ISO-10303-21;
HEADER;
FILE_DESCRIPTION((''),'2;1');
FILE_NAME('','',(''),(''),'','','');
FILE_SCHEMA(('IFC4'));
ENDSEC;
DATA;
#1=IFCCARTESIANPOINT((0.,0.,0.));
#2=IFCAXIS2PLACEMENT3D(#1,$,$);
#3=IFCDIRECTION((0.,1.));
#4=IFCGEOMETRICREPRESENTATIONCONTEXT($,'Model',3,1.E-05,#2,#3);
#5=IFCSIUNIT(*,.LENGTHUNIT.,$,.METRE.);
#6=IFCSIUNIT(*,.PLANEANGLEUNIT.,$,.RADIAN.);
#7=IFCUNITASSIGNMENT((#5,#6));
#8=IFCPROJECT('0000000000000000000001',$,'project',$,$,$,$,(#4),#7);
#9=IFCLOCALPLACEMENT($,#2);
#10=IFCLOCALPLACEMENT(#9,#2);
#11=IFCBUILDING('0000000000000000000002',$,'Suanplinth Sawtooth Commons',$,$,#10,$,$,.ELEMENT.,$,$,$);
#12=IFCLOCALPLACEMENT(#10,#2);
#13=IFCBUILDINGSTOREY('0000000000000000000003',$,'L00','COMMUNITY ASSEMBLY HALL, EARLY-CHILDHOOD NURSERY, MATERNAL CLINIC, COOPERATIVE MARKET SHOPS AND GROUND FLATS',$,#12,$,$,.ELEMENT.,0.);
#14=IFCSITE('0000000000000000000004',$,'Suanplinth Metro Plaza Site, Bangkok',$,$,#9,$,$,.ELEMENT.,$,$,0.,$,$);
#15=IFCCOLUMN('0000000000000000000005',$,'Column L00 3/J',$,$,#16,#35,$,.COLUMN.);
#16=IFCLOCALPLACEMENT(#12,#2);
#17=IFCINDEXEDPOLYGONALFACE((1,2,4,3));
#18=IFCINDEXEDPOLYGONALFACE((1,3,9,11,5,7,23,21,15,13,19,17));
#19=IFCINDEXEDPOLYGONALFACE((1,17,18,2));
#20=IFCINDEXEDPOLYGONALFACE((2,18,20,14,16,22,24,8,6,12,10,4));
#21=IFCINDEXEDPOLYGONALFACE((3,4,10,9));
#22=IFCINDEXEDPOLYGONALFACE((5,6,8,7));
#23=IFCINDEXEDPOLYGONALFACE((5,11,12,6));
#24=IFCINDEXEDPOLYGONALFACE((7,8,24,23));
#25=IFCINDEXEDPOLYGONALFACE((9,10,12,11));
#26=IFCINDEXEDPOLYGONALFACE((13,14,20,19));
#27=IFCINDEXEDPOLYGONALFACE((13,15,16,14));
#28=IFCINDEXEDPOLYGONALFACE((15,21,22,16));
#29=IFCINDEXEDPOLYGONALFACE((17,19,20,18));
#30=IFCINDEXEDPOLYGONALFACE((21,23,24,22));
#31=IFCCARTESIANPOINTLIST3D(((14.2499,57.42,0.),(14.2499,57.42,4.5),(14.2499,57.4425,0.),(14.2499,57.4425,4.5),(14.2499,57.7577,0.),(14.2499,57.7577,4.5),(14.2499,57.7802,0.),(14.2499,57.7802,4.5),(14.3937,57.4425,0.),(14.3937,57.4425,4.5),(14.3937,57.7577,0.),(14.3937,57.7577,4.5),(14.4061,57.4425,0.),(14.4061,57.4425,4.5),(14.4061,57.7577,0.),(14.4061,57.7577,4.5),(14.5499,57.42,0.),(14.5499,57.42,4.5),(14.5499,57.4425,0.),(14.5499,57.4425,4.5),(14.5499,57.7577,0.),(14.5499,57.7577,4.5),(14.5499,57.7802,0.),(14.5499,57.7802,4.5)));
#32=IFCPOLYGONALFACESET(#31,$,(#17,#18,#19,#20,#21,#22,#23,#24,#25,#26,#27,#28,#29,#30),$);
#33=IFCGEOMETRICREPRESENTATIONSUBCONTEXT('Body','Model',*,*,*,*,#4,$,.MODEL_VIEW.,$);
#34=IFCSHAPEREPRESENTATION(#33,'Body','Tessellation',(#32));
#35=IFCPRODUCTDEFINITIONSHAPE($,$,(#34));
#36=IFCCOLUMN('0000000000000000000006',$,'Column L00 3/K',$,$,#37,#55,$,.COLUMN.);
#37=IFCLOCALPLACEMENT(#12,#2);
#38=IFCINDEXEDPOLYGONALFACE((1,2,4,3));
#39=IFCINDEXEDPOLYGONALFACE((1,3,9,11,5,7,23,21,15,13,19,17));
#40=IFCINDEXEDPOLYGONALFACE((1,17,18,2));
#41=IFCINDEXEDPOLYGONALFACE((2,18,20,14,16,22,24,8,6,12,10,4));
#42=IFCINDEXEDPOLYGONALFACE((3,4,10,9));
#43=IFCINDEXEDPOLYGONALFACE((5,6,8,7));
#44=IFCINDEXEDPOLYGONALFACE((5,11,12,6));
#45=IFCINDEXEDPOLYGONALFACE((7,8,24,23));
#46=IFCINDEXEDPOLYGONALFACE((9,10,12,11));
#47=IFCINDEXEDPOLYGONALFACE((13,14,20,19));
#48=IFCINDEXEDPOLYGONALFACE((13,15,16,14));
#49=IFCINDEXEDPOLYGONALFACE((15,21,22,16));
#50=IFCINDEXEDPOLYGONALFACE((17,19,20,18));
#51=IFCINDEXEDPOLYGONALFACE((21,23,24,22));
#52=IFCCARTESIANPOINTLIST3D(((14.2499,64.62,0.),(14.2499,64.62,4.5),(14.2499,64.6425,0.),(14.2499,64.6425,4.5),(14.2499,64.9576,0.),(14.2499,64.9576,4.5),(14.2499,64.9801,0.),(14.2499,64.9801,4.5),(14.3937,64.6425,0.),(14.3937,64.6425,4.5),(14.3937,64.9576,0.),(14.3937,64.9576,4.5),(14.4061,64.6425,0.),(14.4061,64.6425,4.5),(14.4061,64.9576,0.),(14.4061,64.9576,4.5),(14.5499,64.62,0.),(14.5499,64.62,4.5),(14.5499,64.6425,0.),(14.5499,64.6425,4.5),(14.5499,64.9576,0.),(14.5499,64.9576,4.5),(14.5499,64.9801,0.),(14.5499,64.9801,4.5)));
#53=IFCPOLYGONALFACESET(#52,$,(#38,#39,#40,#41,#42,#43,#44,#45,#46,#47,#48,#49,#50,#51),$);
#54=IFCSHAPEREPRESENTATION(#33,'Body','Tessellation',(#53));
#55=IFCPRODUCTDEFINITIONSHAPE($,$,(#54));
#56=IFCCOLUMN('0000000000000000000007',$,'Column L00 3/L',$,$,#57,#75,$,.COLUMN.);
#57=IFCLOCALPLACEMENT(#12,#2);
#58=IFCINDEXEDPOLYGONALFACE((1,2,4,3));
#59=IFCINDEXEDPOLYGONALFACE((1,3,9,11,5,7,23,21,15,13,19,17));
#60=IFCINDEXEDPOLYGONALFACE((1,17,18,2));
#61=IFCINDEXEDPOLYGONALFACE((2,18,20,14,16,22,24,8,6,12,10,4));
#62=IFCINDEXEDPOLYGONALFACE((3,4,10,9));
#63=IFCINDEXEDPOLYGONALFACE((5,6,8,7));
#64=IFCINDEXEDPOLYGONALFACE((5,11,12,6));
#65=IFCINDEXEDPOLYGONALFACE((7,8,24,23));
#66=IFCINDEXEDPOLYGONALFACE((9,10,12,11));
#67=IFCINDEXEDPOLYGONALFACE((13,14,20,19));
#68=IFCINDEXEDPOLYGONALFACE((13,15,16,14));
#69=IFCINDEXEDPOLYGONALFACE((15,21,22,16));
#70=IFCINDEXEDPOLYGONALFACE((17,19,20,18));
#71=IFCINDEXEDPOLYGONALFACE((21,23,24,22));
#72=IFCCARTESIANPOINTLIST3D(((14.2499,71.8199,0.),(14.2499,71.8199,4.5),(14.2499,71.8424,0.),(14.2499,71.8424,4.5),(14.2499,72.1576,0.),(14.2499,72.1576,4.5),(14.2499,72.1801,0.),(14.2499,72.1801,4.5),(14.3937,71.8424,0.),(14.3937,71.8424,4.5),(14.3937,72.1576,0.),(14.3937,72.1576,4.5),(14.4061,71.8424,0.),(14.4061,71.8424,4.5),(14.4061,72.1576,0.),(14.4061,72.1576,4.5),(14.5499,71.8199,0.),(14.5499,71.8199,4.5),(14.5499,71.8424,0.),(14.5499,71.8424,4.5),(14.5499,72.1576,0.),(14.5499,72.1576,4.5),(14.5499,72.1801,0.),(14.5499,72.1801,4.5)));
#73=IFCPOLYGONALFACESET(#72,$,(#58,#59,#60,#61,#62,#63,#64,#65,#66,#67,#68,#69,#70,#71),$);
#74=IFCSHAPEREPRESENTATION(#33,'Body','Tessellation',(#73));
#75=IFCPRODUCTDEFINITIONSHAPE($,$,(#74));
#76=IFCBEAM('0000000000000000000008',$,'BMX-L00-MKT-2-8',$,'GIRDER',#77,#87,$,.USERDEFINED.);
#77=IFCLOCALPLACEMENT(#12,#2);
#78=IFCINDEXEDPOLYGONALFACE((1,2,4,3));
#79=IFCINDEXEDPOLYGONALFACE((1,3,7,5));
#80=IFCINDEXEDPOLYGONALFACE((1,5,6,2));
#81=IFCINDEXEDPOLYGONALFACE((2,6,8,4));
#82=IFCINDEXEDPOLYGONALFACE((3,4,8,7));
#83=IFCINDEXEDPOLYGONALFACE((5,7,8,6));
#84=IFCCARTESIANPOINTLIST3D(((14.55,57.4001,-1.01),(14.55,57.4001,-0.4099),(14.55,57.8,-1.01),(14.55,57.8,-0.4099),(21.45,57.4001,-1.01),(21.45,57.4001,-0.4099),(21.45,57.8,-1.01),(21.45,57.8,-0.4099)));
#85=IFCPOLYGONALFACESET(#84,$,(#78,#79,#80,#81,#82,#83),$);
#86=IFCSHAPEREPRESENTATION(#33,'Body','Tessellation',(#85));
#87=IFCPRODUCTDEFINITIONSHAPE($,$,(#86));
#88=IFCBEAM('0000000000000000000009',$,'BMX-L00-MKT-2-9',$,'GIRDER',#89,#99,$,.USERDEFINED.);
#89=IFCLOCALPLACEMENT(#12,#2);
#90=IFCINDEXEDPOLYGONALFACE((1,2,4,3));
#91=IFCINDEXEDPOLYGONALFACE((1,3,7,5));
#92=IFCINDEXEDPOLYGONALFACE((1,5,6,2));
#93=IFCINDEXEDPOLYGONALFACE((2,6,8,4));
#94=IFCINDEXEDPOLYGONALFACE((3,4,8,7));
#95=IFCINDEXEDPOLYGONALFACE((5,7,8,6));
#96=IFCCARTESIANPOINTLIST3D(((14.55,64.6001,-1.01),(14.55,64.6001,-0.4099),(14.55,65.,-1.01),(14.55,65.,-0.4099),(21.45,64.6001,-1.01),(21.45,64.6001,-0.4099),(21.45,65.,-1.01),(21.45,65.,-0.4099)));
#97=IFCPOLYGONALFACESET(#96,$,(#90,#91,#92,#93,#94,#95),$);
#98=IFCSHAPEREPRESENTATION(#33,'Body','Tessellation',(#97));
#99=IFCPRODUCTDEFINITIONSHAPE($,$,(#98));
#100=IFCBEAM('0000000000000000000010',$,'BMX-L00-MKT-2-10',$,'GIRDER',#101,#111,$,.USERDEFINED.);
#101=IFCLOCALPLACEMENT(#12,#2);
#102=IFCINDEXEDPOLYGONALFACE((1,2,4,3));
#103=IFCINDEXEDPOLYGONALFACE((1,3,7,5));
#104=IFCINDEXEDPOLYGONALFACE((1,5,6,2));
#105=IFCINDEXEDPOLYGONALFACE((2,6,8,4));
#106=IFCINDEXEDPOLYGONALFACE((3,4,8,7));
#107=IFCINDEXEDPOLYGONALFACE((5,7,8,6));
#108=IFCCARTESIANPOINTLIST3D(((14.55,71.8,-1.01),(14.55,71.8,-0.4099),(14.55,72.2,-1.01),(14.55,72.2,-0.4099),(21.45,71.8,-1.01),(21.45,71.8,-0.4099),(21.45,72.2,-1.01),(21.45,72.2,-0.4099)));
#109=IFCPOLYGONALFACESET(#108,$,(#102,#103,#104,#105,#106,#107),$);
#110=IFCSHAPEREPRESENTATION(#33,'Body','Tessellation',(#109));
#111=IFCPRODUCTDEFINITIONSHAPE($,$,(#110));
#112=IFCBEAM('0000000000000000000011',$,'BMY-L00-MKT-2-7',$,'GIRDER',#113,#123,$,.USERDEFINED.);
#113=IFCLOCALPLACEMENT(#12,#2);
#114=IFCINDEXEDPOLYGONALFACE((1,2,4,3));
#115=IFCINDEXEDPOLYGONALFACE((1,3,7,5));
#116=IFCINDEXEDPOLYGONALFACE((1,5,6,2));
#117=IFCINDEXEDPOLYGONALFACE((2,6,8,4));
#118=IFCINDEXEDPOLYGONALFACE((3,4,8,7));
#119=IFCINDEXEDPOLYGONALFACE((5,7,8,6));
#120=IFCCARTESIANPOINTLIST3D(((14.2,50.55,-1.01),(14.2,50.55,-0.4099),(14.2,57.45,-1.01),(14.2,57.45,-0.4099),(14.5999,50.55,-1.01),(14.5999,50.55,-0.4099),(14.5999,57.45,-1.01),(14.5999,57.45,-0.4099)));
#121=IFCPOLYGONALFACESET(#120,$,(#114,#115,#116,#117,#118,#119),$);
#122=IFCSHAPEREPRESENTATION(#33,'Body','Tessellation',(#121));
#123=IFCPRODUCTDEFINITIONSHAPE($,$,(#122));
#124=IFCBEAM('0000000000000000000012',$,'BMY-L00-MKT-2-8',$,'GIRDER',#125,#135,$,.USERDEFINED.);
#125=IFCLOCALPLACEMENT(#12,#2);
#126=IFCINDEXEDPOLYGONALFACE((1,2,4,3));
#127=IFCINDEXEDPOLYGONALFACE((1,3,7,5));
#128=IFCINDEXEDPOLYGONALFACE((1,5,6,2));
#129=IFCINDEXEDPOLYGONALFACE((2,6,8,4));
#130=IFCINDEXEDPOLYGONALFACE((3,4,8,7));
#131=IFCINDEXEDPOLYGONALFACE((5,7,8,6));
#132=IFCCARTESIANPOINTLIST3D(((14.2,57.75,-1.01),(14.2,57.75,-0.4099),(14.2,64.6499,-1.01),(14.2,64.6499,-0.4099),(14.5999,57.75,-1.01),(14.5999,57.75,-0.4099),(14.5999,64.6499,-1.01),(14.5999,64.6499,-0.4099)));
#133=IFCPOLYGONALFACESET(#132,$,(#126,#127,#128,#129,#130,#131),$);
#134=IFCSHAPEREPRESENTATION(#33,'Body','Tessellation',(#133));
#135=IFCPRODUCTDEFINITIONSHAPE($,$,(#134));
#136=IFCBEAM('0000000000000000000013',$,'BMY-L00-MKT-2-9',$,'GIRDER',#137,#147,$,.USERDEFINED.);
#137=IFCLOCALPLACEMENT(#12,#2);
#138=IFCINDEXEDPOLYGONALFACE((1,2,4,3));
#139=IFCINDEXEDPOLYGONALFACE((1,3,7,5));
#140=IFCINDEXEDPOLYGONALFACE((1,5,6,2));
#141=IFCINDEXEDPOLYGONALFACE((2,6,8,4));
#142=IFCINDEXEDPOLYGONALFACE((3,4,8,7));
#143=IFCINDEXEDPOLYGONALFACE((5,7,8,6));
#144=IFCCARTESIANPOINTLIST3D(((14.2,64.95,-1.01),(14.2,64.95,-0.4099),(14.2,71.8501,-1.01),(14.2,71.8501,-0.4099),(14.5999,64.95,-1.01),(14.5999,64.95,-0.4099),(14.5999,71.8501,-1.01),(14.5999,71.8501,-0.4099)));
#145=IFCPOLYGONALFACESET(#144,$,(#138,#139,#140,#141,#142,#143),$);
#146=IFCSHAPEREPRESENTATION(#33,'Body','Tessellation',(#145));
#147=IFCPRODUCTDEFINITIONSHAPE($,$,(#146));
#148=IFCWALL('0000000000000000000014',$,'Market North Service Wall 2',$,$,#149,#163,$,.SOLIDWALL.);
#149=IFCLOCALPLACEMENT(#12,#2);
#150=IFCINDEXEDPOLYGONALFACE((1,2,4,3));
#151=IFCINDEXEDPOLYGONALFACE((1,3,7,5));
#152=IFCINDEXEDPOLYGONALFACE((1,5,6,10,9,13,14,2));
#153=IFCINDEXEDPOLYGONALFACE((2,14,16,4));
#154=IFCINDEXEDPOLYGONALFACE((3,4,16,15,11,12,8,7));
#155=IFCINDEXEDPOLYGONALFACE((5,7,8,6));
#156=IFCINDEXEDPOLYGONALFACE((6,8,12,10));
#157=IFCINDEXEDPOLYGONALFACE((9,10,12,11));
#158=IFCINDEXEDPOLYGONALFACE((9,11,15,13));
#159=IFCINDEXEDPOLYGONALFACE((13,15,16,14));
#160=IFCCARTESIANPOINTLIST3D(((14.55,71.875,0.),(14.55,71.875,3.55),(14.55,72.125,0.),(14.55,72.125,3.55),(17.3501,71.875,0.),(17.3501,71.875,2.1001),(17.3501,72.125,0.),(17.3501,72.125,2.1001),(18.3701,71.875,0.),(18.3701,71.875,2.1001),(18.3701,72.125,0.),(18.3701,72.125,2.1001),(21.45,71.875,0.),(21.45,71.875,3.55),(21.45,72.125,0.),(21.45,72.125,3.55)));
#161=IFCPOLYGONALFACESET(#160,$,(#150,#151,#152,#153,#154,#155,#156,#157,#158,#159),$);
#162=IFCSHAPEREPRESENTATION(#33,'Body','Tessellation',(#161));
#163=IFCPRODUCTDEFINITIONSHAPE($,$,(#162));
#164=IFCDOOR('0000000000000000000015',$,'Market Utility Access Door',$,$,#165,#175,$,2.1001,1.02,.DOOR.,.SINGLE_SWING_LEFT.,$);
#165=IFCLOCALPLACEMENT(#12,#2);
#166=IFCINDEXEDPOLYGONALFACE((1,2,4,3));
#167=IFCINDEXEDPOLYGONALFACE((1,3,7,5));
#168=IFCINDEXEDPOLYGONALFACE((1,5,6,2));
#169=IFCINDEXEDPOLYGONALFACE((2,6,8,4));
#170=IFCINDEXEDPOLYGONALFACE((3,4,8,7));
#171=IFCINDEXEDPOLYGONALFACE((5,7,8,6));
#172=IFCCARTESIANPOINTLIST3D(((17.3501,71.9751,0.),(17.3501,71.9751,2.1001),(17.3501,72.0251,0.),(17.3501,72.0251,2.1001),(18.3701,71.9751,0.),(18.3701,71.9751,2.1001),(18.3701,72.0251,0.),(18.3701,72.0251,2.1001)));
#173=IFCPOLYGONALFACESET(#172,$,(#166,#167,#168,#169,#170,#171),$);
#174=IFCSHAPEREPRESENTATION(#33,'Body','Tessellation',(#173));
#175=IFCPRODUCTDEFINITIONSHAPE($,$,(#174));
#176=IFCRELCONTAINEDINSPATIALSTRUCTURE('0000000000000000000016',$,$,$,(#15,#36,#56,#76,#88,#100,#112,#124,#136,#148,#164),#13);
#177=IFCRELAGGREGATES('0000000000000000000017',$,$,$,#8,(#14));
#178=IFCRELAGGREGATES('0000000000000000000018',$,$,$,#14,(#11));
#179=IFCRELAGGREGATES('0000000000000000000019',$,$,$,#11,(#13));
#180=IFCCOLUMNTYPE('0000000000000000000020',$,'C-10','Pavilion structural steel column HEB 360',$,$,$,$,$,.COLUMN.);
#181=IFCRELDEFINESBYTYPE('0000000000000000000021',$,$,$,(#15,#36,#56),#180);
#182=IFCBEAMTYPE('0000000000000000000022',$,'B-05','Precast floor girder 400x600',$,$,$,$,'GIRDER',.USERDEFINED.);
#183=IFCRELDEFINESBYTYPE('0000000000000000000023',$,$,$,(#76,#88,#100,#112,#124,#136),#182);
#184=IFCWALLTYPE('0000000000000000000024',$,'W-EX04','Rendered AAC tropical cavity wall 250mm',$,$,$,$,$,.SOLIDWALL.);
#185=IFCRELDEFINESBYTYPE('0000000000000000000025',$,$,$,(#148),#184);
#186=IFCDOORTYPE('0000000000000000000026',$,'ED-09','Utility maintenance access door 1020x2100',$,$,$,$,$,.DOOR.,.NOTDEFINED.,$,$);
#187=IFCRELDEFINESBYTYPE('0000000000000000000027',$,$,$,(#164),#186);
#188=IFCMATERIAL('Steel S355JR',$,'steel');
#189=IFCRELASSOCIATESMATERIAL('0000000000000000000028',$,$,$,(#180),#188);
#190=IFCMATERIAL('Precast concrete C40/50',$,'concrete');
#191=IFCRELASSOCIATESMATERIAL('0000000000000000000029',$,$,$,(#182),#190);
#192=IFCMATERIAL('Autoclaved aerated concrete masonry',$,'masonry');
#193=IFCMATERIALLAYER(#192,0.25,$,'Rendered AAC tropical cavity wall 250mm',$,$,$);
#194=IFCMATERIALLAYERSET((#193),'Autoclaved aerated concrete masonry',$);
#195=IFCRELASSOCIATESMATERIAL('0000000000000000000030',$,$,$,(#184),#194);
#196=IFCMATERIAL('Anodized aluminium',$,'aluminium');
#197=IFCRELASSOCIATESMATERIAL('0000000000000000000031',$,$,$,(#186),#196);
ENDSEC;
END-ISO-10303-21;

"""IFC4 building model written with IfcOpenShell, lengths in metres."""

from ifc_helpers import new_model, si_unit, direction, frame, frame_2d, origin, origin_2d, place, context, subcontext, project, spatial, rectangle, i_section, extrude, material, layer, layer_set, material_profile, profile_set, type_object, element, fill, save


model = new_model("IFC4")

# Units and contexts
model_context = context("Model", 3, precision=1e-05, world=origin(), true_north=direction((0.0, 1.0)))
body_context = subcontext(model_context, "Body", "Model", "MODEL_VIEW")
ifc_project = project(units=[si_unit("LENGTHUNIT", "METRE"), si_unit("PLANEANGLEUNIT", "RADIAN")], contexts=[model_context])

# Site, building, storey
site_placement = place(None, origin())
site = spatial("IfcSite", under=ifc_project, at=site_placement, Name="Suanplinth Metro Plaza Site, Bangkok", CompositionType="ELEMENT", RefElevation=0.0)
building_placement = place(site_placement, origin())
building = spatial("IfcBuilding", under=site, at=building_placement, Name="Suanplinth Sawtooth Commons", CompositionType="ELEMENT")
storey_placement = place(building_placement, origin())
storey = spatial("IfcBuildingStorey", under=building, at=storey_placement, Name="L00", Description="COMMUNITY ASSEMBLY HALL, EARLY-CHILDHOOD NURSERY, MATERNAL CLINIC, COOPERATIVE MARKET SHOPS AND GROUND FLATS", CompositionType="ELEMENT", Elevation=0.0)

# Columns
ifc_material_1 = material(Name="Steel S355JR", Category="steel")
ifc_material_profile_1 = material_profile(ifc_material_1, i_section(OverallWidth=0.3, OverallDepth=0.3601, WebThickness=0.0125, FlangeThickness=0.0225, at=origin_2d()), Name="HEB 360")
ifc_profile_set_1 = profile_set([ifc_material_profile_1], Name="Steel S355JR")
column_type = type_object("IfcColumnType", Name="C-10", Description="Pavilion structural steel column HEB 360", PredefinedType="COLUMN", material=ifc_profile_set_1)
for number, where, z_axis, x_axis, name in (
    (1, (14.3999, 57.6001, 0.0), (0.0, 0.0, 1.0), (1.0, 0.0, 0.0), "Column L00 3/J"),
    (2, (14.3999, 64.8, 0.0), (0.0, 0.0, 1.0), (1.0, 0.0, 0.0), "Column L00 3/K"),
    (3, (14.3999, 72.0, 0.0), (0.0, 0.0, 1.0), (1.0, 0.0, 0.0), "Column L00 3/L"),
):
    element("IfcColumn", number, at=place(storey_placement, frame(where, z_axis=z_axis, x_axis=x_axis)), inside=storey, type_object=column_type, Name=name, PredefinedType="COLUMN", context=body_context, shape_type="SweptSolid", body=[
        extrude(i_section(OverallWidth=0.3, OverallDepth=0.3601, WebThickness=0.0125, FlangeThickness=0.0225, at=origin_2d()), origin(), (0.0, 0.0, 1.0), 4.5),
    ])

# Beams
ifc_material_2 = material(Name="Precast concrete C40/50", Category="concrete")
ifc_material_profile_2 = material_profile(ifc_material_2, rectangle(XDim=0.3999, YDim=0.6001, at=origin_2d()), Name="PC-GDR 400x600")
ifc_profile_set_2 = profile_set([ifc_material_profile_2], Name="Precast concrete C40/50")
beam_type = type_object("IfcBeamType", Name="B-05", Description="Precast floor girder 400x600", ElementType="GIRDER", PredefinedType="USERDEFINED", material=ifc_profile_set_2)
for number, where, z_axis, x_axis, name in (
    (4, (14.55, 57.6001, -0.71), (1.0, 0.0, 0.0), (0.0, 1.0, 0.0), "BMX-L00-MKT-2-8"),
    (5, (14.55, 64.8, -0.71), (1.0, 0.0, 0.0), (0.0, 1.0, 0.0), "BMX-L00-MKT-2-9"),
    (6, (14.55, 72.0, -0.71), (1.0, 0.0, 0.0), (0.0, 1.0, 0.0), "BMX-L00-MKT-2-10"),
    (7, (14.3999, 50.55, -0.71), (0.0, 1.0, 0.0), (-1.0, 0.0, 0.0), "BMY-L00-MKT-2-7"),
    (8, (14.3999, 57.75, -0.71), (0.0, 1.0, 0.0), (-1.0, 0.0, 0.0), "BMY-L00-MKT-2-8"),
):
    element("IfcBeam", number, at=place(storey_placement, frame(where, z_axis=z_axis, x_axis=x_axis)), inside=storey, type_object=beam_type, Name=name, ObjectType="GIRDER", PredefinedType="USERDEFINED", context=body_context, shape_type="SweptSolid", body=[
        extrude(rectangle(XDim=0.3999, YDim=0.6001, at=origin_2d()), origin(), (0.0, 0.0, 1.0), 6.8999),
    ])
beam_placement = place(storey_placement, frame((14.3999, 64.95, -0.71), z_axis=(0.0, 1.0, 0.0), x_axis=(-1.0, 0.0, 0.0)))
element("IfcBeam", 9, at=beam_placement, inside=storey, type_object=beam_type, Name="BMY-L00-MKT-2-9", ObjectType="GIRDER", PredefinedType="USERDEFINED", context=body_context, shape_type="SweptSolid", body=[
    extrude(rectangle(XDim=0.3999, YDim=0.6001, at=origin_2d()), origin(), (0.0, 0.0, 1.0), 6.9001),
])

# Wall, opening, door
ifc_material_3 = material(Name="Autoclaved aerated concrete masonry", Category="masonry")
ifc_layer_1 = layer(ifc_material_3, 0.25, Name="Rendered AAC tropical cavity wall 250mm")
ifc_layer_set_1 = layer_set([ifc_layer_1], Name="Autoclaved aerated concrete masonry")
wall_type_1 = type_object("IfcWallType", Name="W-EX04", Description="Rendered AAC tropical cavity wall 250mm", PredefinedType="SOLIDWALL", material=ifc_layer_set_1)
wall_1_placement = place(storey_placement, frame((14.55, 72.0, 0.0), z_axis=(0.0, 0.0, 1.0), x_axis=(1.0, 0.0, 0.0)))
wall_1 = element("IfcWall", 10, at=wall_1_placement, inside=storey, type_object=wall_type_1, Name="Market North Service Wall 2", PredefinedType="SOLIDWALL", context=body_context, shape_type="SweptSolid", body=[
    extrude(rectangle(XDim=6.8999, YDim=0.25, at=frame_2d((3.45, 0.0))), origin(), (0.0, 0.0, 1.0), 3.55),
])
opening_1_placement = place(wall_1_placement, frame((2.8, 0.0, 0.0)))
opening_1 = element("IfcOpeningElement", 11, at=opening_1_placement, cuts=wall_1, PredefinedType="OPENING", context=body_context, shape_type="SweptSolid", body=[
    extrude(rectangle(XDim=1.02, YDim=2.1001, at=frame_2d((0.51, 1.05))), frame((0.0, 0.1399, 0.0), z_axis=(0.0, -1.0, 0.0), x_axis=(1.0, 0.0, 0.0)), (0.0, 0.0, 1.0), 0.2798),
])
ifc_material_4 = material(Name="Anodized aluminium", Category="aluminium")
door_type_1 = type_object("IfcDoorType", Name="ED-09", Description="Utility maintenance access door 1020x2100", OperationType="NOTDEFINED", PredefinedType="DOOR", material=ifc_material_4)
door_1_placement = place(opening_1_placement, frame((1.02, 0.0, 0.0), z_axis=(0.0, 0.0, 1.0), x_axis=(-1.0, 0.0, 0.0)))
door_1 = element("IfcDoor", 12, at=door_1_placement, inside=storey, type_object=door_type_1, Name="Market Utility Access Door", OperationType="SINGLE_SWING_LEFT", OverallHeight=2.1001, OverallWidth=1.02, PredefinedType="DOOR", context=body_context, shape_type="SweptSolid", body=[
    extrude(rectangle(XDim=1.02, YDim=2.1001, at=frame_2d((0.51, 1.05))), frame((0.0, 0.0249, 0.0), z_axis=(0.0, -1.0, 0.0), x_axis=(1.0, 0.0, 0.0)), (0.0, 0.0, 1.0), 0.05),
])
fill(opening_1, door_1)

save(model, "model.ifc")
